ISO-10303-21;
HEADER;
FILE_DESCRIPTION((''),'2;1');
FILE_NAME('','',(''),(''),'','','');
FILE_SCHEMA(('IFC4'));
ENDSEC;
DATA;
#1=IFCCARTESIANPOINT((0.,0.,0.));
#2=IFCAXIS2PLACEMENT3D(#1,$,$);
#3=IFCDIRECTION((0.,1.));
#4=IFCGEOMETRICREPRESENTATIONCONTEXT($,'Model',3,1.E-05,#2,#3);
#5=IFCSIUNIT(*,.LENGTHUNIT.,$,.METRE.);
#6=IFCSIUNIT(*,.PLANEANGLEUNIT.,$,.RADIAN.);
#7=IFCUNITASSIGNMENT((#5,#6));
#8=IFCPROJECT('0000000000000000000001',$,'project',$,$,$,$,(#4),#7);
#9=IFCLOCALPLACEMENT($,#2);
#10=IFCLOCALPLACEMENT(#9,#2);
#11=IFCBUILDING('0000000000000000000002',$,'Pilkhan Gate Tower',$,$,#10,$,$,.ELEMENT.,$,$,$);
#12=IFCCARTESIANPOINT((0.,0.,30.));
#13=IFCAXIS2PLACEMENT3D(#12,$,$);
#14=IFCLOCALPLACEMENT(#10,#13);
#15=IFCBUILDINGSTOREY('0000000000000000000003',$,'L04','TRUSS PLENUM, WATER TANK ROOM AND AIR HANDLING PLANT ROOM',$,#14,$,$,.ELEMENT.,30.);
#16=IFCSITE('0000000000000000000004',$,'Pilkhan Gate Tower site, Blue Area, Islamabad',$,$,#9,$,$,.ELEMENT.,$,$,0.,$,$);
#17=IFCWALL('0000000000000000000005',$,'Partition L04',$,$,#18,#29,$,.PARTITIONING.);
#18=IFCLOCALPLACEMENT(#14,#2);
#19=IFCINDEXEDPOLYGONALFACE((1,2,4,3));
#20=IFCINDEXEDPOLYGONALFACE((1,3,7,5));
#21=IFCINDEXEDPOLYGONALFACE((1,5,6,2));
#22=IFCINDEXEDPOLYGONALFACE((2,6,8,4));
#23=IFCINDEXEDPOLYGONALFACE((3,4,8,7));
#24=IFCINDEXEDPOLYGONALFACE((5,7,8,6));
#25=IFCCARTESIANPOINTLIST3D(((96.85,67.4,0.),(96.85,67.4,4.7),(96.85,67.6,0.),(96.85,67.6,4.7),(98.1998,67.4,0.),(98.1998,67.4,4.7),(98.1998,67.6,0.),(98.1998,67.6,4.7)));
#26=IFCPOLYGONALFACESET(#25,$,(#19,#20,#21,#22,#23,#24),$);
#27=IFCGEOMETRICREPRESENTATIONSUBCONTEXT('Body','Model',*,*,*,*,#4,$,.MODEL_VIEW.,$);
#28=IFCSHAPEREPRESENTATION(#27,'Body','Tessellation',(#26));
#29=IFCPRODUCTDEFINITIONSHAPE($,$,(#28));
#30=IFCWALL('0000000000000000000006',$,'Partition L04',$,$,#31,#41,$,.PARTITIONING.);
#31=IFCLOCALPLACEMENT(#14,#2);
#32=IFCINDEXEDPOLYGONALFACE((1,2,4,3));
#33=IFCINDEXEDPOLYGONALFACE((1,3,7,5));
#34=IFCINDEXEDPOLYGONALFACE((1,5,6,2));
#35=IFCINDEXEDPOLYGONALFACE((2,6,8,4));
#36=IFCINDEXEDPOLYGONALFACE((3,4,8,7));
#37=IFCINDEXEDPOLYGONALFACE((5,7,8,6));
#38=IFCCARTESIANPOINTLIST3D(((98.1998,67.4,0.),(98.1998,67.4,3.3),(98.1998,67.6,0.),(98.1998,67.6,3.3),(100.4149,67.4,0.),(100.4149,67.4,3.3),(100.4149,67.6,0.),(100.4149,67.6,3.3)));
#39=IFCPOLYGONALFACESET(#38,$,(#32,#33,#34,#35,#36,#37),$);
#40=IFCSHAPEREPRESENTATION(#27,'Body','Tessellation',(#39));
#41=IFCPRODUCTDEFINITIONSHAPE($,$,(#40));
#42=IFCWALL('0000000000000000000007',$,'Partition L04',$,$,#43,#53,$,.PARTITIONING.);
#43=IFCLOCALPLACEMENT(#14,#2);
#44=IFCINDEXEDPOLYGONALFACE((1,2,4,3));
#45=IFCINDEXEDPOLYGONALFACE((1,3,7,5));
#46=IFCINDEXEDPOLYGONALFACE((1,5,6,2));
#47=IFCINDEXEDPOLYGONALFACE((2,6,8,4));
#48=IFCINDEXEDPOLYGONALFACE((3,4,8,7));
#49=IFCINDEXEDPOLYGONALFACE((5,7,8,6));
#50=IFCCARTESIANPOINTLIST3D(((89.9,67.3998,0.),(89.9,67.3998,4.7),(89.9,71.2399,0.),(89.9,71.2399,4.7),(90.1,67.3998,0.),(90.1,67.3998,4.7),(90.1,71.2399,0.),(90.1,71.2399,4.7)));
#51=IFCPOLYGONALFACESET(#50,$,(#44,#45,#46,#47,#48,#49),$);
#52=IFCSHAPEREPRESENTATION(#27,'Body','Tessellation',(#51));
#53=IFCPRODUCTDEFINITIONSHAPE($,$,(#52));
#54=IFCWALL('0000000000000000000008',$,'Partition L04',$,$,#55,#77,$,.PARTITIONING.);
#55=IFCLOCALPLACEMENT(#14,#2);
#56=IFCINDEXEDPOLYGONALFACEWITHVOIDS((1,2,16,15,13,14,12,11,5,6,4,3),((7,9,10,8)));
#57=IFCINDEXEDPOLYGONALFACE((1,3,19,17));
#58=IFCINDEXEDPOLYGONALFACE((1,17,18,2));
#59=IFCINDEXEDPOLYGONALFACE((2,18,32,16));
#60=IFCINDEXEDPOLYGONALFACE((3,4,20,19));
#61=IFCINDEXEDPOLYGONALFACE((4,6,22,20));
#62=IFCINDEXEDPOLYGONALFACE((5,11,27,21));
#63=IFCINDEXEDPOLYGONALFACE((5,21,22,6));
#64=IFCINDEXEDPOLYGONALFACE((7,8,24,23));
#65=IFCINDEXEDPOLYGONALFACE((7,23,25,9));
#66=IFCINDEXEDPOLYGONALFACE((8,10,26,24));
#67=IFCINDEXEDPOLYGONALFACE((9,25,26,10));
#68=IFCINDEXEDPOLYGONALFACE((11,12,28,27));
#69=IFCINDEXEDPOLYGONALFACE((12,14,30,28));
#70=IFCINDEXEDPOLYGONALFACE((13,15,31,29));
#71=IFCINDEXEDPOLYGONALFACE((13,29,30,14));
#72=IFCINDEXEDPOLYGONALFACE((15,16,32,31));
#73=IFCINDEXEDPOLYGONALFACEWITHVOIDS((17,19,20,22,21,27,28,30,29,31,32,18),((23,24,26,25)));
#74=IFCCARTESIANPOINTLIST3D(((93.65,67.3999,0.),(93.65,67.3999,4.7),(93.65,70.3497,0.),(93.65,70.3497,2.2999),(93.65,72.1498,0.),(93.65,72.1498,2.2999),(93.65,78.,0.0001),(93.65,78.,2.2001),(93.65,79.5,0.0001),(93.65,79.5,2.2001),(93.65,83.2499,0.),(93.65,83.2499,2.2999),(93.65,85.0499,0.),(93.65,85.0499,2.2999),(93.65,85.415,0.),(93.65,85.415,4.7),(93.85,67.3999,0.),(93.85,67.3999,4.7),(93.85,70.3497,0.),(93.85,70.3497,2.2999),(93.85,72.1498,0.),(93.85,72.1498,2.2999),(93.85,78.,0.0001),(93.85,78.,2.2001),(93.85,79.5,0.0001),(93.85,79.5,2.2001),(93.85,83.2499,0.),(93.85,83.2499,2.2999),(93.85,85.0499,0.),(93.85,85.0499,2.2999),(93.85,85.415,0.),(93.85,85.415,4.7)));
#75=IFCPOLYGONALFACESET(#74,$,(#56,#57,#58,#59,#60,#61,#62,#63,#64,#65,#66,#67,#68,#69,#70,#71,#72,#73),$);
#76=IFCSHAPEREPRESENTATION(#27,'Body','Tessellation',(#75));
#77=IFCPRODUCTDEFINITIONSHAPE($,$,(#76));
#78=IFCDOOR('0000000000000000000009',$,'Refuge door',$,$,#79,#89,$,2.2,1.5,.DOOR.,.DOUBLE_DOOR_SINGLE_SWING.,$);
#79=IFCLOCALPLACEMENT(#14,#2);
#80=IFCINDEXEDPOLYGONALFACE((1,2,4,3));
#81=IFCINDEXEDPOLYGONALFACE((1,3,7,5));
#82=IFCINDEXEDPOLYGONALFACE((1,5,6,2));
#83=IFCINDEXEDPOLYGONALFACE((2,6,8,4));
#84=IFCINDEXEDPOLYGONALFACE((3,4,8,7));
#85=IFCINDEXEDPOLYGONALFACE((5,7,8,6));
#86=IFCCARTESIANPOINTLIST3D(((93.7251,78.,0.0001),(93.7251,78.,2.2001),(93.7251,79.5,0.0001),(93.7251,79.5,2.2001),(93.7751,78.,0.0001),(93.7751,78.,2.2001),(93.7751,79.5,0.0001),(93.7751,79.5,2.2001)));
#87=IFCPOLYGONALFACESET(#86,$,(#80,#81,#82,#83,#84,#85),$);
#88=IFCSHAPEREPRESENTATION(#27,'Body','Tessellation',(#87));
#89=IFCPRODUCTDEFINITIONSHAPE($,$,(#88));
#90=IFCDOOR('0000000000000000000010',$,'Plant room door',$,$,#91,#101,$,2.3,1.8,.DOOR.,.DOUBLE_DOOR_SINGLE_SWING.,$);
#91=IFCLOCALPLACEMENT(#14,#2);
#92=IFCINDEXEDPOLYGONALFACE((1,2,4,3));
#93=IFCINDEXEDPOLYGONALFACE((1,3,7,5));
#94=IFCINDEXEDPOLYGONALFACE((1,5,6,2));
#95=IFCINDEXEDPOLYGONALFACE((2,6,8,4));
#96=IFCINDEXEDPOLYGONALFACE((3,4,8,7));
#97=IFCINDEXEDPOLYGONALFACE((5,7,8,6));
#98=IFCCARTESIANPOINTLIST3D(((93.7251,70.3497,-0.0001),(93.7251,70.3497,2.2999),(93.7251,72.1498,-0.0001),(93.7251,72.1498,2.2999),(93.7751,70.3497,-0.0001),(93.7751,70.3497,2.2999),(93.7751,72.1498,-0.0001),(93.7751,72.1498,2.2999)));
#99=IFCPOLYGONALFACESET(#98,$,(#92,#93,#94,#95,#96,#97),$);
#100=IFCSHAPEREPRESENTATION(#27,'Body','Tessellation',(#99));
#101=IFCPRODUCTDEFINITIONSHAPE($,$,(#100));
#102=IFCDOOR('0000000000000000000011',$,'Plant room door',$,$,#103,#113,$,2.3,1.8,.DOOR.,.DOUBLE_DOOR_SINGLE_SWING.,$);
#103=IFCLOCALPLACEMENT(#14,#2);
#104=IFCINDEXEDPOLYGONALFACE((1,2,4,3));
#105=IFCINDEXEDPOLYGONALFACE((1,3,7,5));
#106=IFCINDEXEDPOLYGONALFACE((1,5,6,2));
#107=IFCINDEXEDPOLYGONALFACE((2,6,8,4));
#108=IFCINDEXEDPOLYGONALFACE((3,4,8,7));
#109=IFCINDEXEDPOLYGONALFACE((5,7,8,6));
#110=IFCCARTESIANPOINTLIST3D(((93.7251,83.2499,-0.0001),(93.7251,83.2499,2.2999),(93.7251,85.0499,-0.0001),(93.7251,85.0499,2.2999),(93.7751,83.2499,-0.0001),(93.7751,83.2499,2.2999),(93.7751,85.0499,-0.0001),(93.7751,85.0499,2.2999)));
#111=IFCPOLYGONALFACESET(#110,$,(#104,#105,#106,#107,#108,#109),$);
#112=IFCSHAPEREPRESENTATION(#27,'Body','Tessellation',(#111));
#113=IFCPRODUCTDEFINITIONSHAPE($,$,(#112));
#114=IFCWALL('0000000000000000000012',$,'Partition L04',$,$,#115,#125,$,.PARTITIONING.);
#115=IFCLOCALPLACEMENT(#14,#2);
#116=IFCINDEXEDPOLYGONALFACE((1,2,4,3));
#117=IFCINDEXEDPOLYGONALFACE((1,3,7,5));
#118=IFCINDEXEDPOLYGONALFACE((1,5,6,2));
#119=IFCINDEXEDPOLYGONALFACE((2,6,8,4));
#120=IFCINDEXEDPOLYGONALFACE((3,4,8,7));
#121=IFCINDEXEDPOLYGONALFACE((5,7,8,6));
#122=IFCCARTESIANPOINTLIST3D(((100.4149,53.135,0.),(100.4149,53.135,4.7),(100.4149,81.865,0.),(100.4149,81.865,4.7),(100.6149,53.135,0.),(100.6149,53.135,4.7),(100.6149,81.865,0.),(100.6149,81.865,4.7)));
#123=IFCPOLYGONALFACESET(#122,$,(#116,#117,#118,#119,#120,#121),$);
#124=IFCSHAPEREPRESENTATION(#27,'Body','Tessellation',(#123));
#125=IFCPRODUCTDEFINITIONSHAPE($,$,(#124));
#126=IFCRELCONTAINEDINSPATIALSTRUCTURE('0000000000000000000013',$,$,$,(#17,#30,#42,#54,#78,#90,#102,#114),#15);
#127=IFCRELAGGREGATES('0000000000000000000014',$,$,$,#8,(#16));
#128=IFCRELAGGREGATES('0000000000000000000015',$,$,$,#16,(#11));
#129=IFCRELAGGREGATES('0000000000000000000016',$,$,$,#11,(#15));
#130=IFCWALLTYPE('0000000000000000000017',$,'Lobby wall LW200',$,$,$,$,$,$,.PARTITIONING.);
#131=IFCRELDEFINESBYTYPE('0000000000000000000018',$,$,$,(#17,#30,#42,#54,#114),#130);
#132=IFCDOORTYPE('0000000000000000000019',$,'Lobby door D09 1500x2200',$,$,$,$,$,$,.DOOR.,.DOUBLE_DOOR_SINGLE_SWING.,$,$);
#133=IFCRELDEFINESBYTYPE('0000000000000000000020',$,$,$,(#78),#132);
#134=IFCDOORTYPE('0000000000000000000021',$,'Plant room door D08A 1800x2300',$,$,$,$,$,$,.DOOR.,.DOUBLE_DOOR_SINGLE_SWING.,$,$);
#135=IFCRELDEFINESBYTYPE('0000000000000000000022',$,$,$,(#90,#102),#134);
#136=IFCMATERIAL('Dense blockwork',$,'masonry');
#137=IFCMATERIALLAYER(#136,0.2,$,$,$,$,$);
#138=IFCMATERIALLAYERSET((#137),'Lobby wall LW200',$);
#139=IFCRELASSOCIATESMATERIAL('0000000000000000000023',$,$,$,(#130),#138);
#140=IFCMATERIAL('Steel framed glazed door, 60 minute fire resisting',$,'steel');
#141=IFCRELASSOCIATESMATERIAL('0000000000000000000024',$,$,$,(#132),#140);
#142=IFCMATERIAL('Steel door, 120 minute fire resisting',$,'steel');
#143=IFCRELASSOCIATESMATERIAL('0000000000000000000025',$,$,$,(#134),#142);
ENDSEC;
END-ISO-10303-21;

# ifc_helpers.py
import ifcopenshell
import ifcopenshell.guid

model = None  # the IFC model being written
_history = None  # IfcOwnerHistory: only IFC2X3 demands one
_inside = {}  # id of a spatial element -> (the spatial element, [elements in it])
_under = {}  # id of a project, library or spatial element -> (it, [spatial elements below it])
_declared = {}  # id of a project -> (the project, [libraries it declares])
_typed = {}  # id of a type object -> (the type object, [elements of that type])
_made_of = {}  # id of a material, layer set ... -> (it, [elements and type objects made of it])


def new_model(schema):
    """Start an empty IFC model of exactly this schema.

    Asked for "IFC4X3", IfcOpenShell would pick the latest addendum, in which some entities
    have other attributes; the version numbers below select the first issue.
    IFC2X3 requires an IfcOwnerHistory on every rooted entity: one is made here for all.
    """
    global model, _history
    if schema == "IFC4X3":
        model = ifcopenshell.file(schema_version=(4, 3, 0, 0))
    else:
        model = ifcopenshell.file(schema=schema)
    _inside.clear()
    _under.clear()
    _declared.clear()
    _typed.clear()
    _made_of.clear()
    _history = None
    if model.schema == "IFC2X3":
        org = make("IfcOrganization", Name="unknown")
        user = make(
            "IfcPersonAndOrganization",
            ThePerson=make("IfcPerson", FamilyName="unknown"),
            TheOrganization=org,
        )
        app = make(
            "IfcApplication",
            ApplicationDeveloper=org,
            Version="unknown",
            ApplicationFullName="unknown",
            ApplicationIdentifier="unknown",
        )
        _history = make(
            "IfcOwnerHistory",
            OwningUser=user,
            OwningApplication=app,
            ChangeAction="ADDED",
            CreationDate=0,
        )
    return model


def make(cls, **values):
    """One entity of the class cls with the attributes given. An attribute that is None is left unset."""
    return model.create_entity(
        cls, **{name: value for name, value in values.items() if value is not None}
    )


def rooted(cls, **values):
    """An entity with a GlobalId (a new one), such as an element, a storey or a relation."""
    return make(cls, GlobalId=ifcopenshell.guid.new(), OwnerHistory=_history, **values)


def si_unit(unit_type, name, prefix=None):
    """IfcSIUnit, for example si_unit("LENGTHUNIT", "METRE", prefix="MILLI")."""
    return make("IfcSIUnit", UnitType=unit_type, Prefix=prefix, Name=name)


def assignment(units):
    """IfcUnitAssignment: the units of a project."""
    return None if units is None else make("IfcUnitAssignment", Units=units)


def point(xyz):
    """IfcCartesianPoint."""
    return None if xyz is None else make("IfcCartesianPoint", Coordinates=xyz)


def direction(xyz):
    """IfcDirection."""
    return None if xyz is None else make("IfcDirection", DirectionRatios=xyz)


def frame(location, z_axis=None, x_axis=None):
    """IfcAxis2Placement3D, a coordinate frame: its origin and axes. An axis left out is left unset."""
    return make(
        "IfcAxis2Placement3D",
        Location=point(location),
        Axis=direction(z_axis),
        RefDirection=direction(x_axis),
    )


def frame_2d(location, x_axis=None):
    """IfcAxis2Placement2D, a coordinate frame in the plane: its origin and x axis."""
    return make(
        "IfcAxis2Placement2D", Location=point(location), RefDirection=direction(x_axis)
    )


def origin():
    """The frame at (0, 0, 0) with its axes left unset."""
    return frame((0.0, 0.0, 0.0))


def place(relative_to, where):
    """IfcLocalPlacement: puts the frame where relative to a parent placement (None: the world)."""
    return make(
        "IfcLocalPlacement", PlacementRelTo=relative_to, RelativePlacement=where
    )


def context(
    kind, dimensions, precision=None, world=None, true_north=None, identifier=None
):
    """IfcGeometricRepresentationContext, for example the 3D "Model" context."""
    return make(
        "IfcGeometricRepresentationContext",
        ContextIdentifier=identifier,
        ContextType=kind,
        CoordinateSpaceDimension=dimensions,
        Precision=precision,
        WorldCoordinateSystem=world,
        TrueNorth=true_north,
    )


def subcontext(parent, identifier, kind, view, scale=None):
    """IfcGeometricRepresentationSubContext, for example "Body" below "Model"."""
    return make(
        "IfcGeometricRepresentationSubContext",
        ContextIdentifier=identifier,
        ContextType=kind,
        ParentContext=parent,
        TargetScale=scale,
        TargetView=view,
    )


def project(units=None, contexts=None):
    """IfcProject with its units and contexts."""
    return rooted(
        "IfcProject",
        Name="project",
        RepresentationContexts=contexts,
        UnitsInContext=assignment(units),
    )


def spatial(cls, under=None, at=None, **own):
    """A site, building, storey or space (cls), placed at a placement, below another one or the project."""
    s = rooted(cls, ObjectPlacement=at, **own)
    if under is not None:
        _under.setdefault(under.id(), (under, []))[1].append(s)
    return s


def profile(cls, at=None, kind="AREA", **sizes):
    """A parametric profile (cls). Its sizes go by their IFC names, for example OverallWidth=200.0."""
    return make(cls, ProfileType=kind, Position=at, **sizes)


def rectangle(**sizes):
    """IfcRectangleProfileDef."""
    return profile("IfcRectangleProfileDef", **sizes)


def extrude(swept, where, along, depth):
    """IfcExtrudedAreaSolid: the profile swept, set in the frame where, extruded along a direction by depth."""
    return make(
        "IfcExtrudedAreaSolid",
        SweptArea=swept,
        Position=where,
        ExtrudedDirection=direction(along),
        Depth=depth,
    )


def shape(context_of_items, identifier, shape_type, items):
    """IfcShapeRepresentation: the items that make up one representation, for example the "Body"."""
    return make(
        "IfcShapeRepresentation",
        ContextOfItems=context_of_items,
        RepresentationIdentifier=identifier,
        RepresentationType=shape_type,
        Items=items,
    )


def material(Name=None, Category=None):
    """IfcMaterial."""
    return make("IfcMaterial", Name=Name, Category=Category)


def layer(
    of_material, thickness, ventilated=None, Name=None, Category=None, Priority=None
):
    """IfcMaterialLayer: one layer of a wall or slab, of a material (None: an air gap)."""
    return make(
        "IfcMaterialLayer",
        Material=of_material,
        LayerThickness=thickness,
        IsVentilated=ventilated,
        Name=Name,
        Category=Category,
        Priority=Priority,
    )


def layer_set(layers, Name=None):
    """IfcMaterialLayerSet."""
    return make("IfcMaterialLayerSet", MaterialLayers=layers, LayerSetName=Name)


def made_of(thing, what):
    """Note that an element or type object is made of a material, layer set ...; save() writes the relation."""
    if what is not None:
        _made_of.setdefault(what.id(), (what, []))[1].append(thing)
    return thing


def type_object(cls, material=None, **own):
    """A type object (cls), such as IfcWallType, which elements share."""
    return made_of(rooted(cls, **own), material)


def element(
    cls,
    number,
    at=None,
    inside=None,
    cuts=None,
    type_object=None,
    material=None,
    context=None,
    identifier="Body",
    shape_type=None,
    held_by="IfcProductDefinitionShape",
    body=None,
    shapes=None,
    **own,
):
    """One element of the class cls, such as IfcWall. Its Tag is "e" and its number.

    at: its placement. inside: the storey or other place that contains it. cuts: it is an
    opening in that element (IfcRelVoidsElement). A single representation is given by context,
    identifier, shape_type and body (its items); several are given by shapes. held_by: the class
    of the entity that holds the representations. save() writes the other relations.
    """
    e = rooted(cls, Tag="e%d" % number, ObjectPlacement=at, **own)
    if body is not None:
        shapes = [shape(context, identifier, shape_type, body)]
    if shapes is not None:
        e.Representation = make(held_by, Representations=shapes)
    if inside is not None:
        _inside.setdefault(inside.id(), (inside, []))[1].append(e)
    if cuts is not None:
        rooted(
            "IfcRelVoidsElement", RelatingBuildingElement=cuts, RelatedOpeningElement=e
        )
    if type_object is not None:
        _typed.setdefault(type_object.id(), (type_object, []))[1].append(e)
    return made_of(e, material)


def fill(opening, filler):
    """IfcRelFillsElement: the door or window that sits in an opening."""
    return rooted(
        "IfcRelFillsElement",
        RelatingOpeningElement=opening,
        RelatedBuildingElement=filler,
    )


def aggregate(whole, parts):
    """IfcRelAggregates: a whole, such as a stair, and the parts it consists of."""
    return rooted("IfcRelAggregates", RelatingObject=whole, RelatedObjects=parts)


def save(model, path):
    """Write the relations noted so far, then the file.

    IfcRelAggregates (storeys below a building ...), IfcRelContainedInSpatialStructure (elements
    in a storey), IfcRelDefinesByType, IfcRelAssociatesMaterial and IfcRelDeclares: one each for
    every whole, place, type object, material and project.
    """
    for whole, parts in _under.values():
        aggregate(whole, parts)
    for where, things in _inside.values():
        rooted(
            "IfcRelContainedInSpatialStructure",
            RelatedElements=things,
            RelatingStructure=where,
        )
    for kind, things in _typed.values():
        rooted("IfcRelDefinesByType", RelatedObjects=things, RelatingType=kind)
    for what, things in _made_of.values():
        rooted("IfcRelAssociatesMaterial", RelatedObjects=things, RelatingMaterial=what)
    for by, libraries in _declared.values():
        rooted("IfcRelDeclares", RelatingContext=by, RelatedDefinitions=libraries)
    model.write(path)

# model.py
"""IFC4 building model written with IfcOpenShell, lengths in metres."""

from ifc_helpers import new_model, si_unit, direction, frame, frame_2d, origin, place, context, subcontext, project, spatial, rectangle, extrude, material, layer, layer_set, type_object, element, fill, save


model = new_model("IFC4")

# Units and contexts
model_context = context("Model", 3, precision=1e-05, world=origin(), true_north=direction((0.0, 1.0)))
body_context = subcontext(model_context, "Body", "Model", "MODEL_VIEW")
ifc_project = project(units=[si_unit("LENGTHUNIT", "METRE"), si_unit("PLANEANGLEUNIT", "RADIAN")], contexts=[model_context])

# Site, building, storey
site_placement = place(None, origin())
site = spatial("IfcSite", under=ifc_project, at=site_placement, Name="Pilkhan Gate Tower site, Blue Area, Islamabad", CompositionType="ELEMENT", RefElevation=0.0)
building_placement = place(site_placement, origin())
building = spatial("IfcBuilding", under=site, at=building_placement, Name="Pilkhan Gate Tower", CompositionType="ELEMENT")
storey_placement = place(building_placement, frame((0.0, 0.0, 30.0)))
storey = spatial("IfcBuildingStorey", under=building, at=storey_placement, Name="L04", Description="TRUSS PLENUM, WATER TANK ROOM AND AIR HANDLING PLANT ROOM", CompositionType="ELEMENT", Elevation=30.0)

# Walls
ifc_material_1 = material(Name="Dense blockwork", Category="masonry")
ifc_layer = layer(ifc_material_1, 0.2)
ifc_layer_set = layer_set([ifc_layer], Name="Lobby wall LW200")
wall_type = type_object("IfcWallType", Name="Lobby wall LW200", PredefinedType="PARTITIONING", material=ifc_layer_set)
wall_1_placement = place(storey_placement, frame((96.8501, 67.5, 0.0), z_axis=(0.0, 0.0, 1.0), x_axis=(1.0, 0.0, 0.0)))
element("IfcWall", 1, at=wall_1_placement, inside=storey, type_object=wall_type, Name="Partition L04", PredefinedType="PARTITIONING", context=body_context, shape_type="SweptSolid", body=[
    extrude(rectangle(XDim=1.3499, YDim=0.2, at=frame_2d((0.6748, 0.0))), origin(), (0.0, 0.0, 1.0), 4.7),
])
wall_2_placement = place(storey_placement, frame((98.2, 67.5, 0.0), z_axis=(0.0, 0.0, 1.0), x_axis=(1.0, 0.0, 0.0)))
element("IfcWall", 2, at=wall_2_placement, inside=storey, type_object=wall_type, Name="Partition L04", PredefinedType="PARTITIONING", context=body_context, shape_type="SweptSolid", body=[
    extrude(rectangle(XDim=2.2151, YDim=0.2, at=frame_2d((1.1074, 0.0))), origin(), (0.0, 0.0, 1.0), 3.3),
])
wall_3_placement = place(storey_placement, frame((90.0, 67.3999, 0.0), z_axis=(0.0, 0.0, 1.0), x_axis=(0.0, 1.0, 0.0)))
element("IfcWall", 3, at=wall_3_placement, inside=storey, type_object=wall_type, Name="Partition L04", PredefinedType="PARTITIONING", context=body_context, shape_type="SweptSolid", body=[
    extrude(rectangle(XDim=3.8401, YDim=0.2, at=frame_2d((1.9199, 0.0))), origin(), (0.0, 0.0, 1.0), 4.7),
])

# Wall, openings, doors
wall_4_placement = place(storey_placement, frame((93.75, 67.3999, 0.0), z_axis=(0.0, 0.0, 1.0), x_axis=(0.0, 1.0, 0.0)))
wall_4 = element("IfcWall", 4, at=wall_4_placement, inside=storey, type_object=wall_type, Name="Partition L04", PredefinedType="PARTITIONING", context=body_context, shape_type="SweptSolid", body=[
    extrude(rectangle(XDim=18.0151, YDim=0.2, at=frame_2d((9.0076, 0.0))), origin(), (0.0, 0.0, 1.0), 4.7),
])
opening_1_placement = place(wall_4_placement, frame((10.6001, 0.0, 0.0)))
opening_1 = element("IfcOpeningElement", 5, at=opening_1_placement, cuts=wall_4, PredefinedType="OPENING", context=body_context, shape_type="SweptSolid", body=[
    extrude(rectangle(XDim=1.5, YDim=2.2, at=frame_2d((0.75, 1.1001))), frame((0.0, 0.1099, 0.0), z_axis=(0.0, -1.0, 0.0), x_axis=(1.0, 0.0, 0.0)), (0.0, 0.0, 1.0), 0.22),
])
opening_2_placement = place(wall_4_placement, frame((2.95, 0.0, 0.0)))
opening_2 = element("IfcOpeningElement", 6, at=opening_2_placement, cuts=wall_4, PredefinedType="OPENING", context=body_context, shape_type="SweptSolid", body=[
    extrude(rectangle(XDim=1.8, YDim=2.3, at=frame_2d((0.8999, 1.1499))), frame((0.0, 0.1099, 0.0), z_axis=(0.0, -1.0, 0.0), x_axis=(1.0, 0.0, 0.0)), (0.0, 0.0, 1.0), 0.22),
])
opening_3_placement = place(wall_4_placement, frame((15.8501, 0.0, 0.0)))
opening_3 = element("IfcOpeningElement", 7, at=opening_3_placement, cuts=wall_4, PredefinedType="OPENING", context=body_context, shape_type="SweptSolid", body=[
    extrude(rectangle(XDim=1.8, YDim=2.3, at=frame_2d((0.8999, 1.1499))), frame((0.0, 0.1099, 0.0), z_axis=(0.0, -1.0, 0.0), x_axis=(1.0, 0.0, 0.0)), (0.0, 0.0, 1.0), 0.22),
])
ifc_material_2 = material(Name="Steel framed glazed door, 60 minute fire resisting", Category="steel")
door_type_1 = type_object("IfcDoorType", Name="Lobby door D09 1500x2200", OperationType="DOUBLE_DOOR_SINGLE_SWING", PredefinedType="DOOR", material=ifc_material_2)
door_1_placement = place(opening_1_placement, origin())
door_1 = element("IfcDoor", 8, at=door_1_placement, inside=storey, type_object=door_type_1, Name="Refuge door", OperationType="DOUBLE_DOOR_SINGLE_SWING", OverallHeight=2.2, OverallWidth=1.5, PredefinedType="DOOR", context=body_context, shape_type="SweptSolid", body=[
    extrude(rectangle(XDim=1.5, YDim=2.2, at=frame_2d((0.75, 1.1001))), frame((0.0, 0.0249, 0.0), z_axis=(0.0, -1.0, 0.0), x_axis=(1.0, 0.0, 0.0)), (0.0, 0.0, 1.0), 0.05),
])
fill(opening_1, door_1)
ifc_material_3 = material(Name="Steel door, 120 minute fire resisting", Category="steel")
door_type_2 = type_object("IfcDoorType", Name="Plant room door D08A 1800x2300", OperationType="DOUBLE_DOOR_SINGLE_SWING", PredefinedType="DOOR", material=ifc_material_3)
door_2_placement = place(opening_2_placement, origin())
door_2 = element("IfcDoor", 9, at=door_2_placement, inside=storey, type_object=door_type_2, Name="Plant room door", OperationType="DOUBLE_DOOR_SINGLE_SWING", OverallHeight=2.3, OverallWidth=1.8, PredefinedType="DOOR", context=body_context, shape_type="SweptSolid", body=[
    extrude(rectangle(XDim=1.8, YDim=2.3, at=frame_2d((0.8999, 1.1499))), frame((0.0, 0.0249, 0.0), z_axis=(0.0, -1.0, 0.0), x_axis=(1.0, 0.0, 0.0)), (0.0, 0.0, 1.0), 0.05),
])
fill(opening_2, door_2)
door_3_placement = place(opening_3_placement, origin())
door_3 = element("IfcDoor", 10, at=door_3_placement, inside=storey, type_object=door_type_2, Name="Plant room door", OperationType="DOUBLE_DOOR_SINGLE_SWING", OverallHeight=2.3, OverallWidth=1.8, PredefinedType="DOOR", context=body_context, shape_type="SweptSolid", body=[
    extrude(rectangle(XDim=1.8, YDim=2.3, at=frame_2d((0.8999, 1.1499))), frame((0.0, 0.0249, 0.0), z_axis=(0.0, -1.0, 0.0), x_axis=(1.0, 0.0, 0.0)), (0.0, 0.0, 1.0), 0.05),
])
fill(opening_3, door_3)

# Wall
wall_5_placement = place(storey_placement, frame((100.5149, 53.135, 0.0), z_axis=(0.0, 0.0, 1.0), x_axis=(0.0, 1.0, 0.0)))
element("IfcWall", 11, at=wall_5_placement, inside=storey, type_object=wall_type, Name="Partition L04", PredefinedType="PARTITIONING", context=body_context, shape_type="SweptSolid", body=[
    extrude(rectangle(XDim=28.73, YDim=0.2, at=frame_2d((14.365, 0.0))), origin(), (0.0, 0.0, 1.0), 4.7),
])

save(model, "model.ifc")
